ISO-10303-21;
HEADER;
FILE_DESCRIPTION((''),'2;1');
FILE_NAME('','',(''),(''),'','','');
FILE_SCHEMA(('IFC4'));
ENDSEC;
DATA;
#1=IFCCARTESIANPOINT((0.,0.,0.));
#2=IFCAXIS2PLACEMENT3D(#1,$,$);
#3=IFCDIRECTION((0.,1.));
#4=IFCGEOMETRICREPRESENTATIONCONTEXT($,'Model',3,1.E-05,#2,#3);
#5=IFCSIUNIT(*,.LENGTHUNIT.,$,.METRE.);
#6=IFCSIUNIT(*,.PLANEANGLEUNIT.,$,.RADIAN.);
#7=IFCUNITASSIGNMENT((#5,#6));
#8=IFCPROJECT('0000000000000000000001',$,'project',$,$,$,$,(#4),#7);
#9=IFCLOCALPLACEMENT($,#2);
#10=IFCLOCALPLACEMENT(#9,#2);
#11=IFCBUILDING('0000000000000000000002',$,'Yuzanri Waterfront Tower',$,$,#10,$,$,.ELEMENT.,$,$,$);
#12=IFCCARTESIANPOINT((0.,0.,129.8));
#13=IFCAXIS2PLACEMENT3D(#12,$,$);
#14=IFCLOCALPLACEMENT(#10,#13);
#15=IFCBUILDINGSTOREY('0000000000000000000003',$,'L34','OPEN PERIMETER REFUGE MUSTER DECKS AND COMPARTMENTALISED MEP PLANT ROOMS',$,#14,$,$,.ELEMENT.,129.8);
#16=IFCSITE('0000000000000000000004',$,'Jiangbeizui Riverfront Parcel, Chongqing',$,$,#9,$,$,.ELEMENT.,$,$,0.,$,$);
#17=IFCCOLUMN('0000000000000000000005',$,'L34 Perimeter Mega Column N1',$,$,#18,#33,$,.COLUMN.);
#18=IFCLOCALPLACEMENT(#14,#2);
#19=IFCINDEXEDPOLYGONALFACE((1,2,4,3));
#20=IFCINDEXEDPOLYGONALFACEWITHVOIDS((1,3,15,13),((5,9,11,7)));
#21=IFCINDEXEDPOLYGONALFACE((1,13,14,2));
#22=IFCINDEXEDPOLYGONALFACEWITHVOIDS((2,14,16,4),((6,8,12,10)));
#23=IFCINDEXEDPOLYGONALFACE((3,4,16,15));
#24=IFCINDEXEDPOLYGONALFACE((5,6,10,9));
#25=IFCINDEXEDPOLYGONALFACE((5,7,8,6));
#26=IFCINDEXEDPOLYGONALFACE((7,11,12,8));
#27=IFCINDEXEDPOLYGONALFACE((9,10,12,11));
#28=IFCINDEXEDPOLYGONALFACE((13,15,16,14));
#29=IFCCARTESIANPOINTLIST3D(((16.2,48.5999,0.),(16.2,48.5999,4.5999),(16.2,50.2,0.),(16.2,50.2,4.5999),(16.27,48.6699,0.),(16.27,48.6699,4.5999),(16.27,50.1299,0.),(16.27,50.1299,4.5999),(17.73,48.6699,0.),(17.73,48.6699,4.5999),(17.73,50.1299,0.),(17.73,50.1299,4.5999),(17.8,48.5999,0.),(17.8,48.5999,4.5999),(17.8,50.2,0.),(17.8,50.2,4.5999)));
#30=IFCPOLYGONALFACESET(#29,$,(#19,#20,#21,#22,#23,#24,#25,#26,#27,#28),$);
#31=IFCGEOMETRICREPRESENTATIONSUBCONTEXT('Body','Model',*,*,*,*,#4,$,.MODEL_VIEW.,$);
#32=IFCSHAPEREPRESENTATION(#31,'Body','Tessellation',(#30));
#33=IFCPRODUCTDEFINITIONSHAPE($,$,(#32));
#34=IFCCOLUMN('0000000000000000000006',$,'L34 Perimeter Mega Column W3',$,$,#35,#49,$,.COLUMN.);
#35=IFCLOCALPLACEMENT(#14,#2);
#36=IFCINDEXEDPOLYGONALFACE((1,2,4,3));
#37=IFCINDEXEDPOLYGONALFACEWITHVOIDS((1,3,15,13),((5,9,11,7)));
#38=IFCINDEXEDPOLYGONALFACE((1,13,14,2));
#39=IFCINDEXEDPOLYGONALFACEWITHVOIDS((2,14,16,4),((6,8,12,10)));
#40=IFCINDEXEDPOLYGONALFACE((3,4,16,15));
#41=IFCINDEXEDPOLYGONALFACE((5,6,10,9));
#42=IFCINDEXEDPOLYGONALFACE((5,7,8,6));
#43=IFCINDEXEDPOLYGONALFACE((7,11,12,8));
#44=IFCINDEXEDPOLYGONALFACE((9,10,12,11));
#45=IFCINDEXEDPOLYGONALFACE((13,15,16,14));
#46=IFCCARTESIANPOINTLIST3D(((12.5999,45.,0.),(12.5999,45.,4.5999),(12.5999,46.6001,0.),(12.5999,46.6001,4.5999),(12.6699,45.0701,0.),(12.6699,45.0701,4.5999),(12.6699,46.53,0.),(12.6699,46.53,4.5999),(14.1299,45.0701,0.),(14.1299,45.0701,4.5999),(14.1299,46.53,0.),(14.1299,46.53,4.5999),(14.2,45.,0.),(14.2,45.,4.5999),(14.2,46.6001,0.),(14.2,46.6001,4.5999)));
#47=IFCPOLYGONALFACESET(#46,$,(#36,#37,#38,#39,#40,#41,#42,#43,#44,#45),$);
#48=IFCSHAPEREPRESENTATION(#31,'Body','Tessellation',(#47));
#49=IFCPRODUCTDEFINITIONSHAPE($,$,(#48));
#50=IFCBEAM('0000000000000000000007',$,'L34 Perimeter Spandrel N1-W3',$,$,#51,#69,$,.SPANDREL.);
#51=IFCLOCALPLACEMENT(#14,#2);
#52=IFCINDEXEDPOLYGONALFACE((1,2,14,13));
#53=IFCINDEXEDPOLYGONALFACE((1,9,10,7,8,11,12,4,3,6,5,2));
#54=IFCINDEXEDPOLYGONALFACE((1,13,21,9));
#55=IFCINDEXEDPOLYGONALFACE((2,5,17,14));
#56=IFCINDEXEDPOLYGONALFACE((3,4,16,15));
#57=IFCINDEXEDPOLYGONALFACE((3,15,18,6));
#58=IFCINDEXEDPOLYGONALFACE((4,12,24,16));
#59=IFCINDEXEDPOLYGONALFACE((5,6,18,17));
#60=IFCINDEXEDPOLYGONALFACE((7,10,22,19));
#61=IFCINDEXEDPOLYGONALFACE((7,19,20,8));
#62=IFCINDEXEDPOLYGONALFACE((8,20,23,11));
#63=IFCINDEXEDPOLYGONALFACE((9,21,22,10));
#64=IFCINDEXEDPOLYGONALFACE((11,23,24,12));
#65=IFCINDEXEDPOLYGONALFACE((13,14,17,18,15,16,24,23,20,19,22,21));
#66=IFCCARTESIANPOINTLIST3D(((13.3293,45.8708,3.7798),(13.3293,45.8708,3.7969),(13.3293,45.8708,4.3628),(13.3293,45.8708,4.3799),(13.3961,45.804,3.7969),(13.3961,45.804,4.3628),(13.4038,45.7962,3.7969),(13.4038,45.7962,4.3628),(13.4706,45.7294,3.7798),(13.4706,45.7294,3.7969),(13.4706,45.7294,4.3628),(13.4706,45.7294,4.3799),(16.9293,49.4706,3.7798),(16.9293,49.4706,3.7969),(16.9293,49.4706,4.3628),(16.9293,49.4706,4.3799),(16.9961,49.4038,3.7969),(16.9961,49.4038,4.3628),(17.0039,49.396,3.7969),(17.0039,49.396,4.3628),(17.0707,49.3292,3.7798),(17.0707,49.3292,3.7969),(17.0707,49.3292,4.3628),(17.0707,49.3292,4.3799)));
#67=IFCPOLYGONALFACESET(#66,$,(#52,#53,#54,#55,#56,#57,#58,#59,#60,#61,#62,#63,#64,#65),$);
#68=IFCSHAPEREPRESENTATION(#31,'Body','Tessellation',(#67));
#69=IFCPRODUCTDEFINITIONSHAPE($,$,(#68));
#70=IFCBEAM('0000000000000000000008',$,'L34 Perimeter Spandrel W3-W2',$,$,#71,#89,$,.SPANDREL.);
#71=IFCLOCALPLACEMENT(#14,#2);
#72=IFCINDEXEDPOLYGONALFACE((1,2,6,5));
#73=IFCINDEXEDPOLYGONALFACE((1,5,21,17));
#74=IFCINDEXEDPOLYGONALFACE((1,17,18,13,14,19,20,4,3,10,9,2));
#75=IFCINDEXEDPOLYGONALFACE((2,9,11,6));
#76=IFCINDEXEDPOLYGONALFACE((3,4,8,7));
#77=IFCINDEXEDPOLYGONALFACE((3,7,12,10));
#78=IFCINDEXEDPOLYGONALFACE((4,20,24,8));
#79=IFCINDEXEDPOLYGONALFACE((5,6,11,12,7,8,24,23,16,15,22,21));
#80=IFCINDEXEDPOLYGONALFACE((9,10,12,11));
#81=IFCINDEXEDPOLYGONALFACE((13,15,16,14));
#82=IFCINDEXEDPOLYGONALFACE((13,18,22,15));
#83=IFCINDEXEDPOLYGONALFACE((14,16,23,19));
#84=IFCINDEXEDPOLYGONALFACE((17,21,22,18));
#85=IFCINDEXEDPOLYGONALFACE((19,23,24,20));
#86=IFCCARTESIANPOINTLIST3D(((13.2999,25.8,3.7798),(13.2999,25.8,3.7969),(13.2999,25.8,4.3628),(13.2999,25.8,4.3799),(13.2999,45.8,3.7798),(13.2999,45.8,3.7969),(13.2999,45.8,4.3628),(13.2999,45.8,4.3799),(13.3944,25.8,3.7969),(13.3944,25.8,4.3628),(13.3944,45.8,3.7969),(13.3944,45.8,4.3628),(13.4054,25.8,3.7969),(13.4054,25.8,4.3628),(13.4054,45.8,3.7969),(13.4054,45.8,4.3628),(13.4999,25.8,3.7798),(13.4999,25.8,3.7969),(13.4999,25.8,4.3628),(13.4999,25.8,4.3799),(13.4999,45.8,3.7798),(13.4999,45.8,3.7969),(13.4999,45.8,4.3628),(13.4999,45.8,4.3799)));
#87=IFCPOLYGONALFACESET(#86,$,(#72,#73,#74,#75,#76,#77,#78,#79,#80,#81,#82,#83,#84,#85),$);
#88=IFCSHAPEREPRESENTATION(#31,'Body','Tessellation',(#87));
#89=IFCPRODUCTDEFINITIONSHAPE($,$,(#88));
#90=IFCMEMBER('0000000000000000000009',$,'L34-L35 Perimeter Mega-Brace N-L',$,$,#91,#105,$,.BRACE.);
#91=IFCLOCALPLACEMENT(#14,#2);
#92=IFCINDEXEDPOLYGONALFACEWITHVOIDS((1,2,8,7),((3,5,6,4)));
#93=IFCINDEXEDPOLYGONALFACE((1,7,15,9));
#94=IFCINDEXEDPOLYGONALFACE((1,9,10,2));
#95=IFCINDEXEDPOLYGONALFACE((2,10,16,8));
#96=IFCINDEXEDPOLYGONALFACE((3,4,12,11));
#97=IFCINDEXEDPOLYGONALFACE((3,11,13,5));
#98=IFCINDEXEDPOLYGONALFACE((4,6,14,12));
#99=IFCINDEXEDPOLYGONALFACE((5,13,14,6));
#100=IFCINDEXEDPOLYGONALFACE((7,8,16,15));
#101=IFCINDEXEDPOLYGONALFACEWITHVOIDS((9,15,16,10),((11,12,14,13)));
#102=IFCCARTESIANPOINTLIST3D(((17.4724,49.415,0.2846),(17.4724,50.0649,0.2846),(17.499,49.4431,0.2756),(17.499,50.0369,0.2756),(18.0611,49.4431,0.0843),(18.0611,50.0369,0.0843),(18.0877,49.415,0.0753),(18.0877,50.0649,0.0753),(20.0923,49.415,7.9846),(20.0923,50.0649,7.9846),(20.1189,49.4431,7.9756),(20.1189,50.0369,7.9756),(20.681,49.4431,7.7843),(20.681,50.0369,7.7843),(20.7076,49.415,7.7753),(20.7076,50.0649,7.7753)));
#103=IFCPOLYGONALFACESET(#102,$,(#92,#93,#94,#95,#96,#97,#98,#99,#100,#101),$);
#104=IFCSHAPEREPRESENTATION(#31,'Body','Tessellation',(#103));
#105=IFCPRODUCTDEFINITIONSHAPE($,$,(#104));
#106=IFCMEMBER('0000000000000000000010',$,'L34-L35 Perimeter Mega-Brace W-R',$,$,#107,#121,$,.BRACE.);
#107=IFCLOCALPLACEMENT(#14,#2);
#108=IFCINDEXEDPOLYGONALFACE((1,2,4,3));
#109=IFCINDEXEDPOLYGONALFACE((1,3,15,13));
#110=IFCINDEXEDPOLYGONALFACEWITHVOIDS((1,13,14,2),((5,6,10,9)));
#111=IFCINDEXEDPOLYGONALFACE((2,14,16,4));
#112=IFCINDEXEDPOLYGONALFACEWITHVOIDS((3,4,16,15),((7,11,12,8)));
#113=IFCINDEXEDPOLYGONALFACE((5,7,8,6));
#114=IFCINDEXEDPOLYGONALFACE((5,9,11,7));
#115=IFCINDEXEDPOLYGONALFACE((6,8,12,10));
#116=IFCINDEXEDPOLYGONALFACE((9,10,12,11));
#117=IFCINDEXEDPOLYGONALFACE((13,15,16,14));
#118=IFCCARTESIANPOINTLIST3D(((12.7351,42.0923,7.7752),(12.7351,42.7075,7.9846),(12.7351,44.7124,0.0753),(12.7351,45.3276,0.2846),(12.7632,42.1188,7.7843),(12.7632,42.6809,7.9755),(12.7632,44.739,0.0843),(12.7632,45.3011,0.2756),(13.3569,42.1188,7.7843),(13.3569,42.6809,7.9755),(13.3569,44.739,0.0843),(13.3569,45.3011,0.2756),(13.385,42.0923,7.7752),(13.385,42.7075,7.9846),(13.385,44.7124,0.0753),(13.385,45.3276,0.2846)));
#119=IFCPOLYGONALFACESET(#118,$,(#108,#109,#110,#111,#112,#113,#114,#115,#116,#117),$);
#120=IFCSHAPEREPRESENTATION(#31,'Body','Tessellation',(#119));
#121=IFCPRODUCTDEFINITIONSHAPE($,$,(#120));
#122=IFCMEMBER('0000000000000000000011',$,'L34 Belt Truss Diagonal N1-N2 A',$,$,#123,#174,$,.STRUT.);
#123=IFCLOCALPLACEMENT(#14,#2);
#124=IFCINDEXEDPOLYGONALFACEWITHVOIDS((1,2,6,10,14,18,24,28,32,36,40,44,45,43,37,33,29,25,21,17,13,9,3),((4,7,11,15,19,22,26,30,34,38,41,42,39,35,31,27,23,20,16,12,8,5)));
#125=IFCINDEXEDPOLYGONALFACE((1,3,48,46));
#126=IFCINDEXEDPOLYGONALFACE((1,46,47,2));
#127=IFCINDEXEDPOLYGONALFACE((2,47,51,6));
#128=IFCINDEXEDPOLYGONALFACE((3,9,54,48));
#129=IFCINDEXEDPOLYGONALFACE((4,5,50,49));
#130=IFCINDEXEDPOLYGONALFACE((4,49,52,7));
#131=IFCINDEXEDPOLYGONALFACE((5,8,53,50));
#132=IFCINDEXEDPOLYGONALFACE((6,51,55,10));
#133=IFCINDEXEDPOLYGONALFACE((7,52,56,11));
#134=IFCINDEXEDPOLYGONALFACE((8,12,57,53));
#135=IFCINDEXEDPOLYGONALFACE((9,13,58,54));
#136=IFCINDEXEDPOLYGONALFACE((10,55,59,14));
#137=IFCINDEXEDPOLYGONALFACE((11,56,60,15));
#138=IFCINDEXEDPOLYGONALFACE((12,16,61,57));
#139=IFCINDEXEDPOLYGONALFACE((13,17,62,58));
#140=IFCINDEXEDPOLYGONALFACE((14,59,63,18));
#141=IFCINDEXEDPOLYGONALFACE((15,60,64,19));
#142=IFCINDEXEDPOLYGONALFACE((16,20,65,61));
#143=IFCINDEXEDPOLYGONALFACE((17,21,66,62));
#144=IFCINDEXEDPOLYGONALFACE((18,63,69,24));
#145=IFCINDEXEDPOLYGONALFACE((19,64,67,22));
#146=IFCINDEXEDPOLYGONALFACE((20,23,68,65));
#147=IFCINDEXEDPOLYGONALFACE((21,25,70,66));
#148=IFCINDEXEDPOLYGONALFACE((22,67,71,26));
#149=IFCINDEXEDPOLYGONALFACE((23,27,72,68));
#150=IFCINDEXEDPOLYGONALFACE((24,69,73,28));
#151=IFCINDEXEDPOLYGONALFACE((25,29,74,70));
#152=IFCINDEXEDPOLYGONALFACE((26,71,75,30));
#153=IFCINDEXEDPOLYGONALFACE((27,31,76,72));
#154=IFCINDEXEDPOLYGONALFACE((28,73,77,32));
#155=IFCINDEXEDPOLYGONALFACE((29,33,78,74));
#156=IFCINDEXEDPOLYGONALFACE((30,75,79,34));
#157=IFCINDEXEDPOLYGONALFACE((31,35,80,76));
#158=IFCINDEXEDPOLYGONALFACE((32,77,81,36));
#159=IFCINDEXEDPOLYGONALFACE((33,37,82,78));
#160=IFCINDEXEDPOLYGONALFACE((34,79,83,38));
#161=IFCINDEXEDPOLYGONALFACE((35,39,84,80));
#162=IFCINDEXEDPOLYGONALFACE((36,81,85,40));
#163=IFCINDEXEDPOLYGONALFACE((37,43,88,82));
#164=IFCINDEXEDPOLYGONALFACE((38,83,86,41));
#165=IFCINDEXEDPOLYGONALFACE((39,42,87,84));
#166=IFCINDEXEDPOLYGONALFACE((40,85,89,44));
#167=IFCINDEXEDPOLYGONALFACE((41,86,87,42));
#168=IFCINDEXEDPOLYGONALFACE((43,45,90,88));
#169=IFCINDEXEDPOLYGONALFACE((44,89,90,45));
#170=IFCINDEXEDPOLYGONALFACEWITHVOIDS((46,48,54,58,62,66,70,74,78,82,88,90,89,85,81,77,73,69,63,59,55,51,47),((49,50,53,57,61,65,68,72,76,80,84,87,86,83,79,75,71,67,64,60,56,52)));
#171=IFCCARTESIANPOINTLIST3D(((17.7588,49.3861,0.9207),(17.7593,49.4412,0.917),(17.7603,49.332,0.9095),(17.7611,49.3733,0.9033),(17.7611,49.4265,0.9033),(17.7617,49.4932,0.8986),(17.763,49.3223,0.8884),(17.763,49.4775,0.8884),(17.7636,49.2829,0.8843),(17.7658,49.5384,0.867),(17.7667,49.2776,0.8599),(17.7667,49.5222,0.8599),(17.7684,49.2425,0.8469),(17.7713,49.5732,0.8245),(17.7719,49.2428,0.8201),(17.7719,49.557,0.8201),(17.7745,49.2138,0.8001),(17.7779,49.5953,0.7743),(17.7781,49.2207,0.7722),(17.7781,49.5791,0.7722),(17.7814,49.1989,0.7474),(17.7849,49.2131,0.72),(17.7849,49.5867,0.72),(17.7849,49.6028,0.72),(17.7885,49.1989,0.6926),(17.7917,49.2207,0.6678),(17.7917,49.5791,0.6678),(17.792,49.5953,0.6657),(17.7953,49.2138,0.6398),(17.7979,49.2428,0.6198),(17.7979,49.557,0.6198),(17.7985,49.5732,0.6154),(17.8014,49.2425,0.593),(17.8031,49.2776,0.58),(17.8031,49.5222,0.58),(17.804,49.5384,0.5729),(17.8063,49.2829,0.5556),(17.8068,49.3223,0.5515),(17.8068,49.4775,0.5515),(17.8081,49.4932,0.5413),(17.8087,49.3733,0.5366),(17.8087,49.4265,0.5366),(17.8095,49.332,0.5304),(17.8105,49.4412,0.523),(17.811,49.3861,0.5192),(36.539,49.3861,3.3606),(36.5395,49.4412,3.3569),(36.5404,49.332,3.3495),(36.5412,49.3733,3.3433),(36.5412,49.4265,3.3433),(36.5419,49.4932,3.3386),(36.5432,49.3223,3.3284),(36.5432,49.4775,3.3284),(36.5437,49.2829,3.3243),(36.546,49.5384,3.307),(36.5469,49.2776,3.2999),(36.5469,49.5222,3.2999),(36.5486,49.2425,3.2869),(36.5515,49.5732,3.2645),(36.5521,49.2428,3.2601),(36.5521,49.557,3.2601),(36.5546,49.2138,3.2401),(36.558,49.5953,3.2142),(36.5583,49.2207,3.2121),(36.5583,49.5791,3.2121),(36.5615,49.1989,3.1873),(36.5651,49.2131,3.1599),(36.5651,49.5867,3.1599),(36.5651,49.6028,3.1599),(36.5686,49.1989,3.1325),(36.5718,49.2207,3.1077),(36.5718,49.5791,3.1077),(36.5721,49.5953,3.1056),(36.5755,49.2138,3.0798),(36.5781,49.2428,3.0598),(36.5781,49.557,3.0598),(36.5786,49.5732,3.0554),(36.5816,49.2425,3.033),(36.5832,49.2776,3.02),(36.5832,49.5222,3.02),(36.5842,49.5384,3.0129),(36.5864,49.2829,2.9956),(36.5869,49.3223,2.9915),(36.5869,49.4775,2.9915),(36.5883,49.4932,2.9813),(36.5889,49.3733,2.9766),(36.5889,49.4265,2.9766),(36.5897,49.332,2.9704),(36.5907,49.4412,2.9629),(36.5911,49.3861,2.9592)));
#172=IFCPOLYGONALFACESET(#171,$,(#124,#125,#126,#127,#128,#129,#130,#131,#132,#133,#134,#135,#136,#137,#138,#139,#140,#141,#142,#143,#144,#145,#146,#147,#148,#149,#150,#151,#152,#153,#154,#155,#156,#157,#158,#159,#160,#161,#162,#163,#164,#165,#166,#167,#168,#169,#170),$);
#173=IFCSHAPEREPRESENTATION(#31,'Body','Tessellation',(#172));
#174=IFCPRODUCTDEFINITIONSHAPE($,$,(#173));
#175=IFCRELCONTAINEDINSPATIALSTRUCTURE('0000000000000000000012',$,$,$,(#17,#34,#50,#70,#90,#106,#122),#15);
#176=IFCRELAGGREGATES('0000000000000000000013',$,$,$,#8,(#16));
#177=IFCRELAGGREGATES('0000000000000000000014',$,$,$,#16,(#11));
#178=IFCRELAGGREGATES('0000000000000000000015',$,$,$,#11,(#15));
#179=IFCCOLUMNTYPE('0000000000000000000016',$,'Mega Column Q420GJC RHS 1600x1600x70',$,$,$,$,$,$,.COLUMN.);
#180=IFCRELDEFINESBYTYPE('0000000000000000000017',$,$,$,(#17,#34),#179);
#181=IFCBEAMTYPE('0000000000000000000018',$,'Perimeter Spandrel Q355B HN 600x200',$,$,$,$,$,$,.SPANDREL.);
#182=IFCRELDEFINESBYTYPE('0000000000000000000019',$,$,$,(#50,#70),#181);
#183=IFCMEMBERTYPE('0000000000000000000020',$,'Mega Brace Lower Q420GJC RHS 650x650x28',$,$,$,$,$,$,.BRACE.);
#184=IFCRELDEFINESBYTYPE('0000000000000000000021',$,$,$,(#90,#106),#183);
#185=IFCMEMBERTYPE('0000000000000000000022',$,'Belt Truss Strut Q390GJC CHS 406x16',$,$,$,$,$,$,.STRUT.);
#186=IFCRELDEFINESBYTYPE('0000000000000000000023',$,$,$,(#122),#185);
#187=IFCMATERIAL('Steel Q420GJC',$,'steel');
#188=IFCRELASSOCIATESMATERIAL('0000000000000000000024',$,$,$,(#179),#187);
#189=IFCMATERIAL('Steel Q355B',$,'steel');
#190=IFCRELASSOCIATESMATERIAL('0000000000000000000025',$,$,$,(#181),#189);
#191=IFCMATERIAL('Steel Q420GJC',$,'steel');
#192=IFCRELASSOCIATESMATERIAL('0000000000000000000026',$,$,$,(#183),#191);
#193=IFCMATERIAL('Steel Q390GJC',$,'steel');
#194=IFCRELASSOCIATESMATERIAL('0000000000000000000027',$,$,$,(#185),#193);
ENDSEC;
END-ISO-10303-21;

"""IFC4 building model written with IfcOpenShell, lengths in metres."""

from ifc_helpers import new_model, si_unit, direction, frame, origin, origin_2d, place, context, subcontext, project, spatial, hollow_rectangle, hollow_circle, i_section, extrude, source, transform, mapped, material, material_profile, profile_set, type_object, element, save


model = new_model("IFC4")

# Units and contexts
model_context = context("Model", 3, precision=1e-05, world=origin(), true_north=direction((0.0, 1.0)))
body_context = subcontext(model_context, "Body", "Model", "MODEL_VIEW")
ifc_project = project(units=[si_unit("LENGTHUNIT", "METRE"), si_unit("PLANEANGLEUNIT", "RADIAN")], contexts=[model_context])

# Site, building, storey
site_placement = place(None, origin())
site = spatial("IfcSite", under=ifc_project, at=site_placement, Name="Jiangbeizui Riverfront Parcel, Chongqing", CompositionType="ELEMENT", RefElevation=0.0)
building_placement = place(site_placement, origin())
building = spatial("IfcBuilding", under=site, at=building_placement, Name="Yuzanri Waterfront Tower", CompositionType="ELEMENT")
storey_placement = place(building_placement, frame((0.0, 0.0, 129.8)))
storey = spatial("IfcBuildingStorey", under=building, at=storey_placement, Name="L34", Description="OPEN PERIMETER REFUGE MUSTER DECKS AND COMPARTMENTALISED MEP PLANT ROOMS", CompositionType="ELEMENT", Elevation=129.8)

# Columns
ifc_material_1 = material(Name="Steel Q420GJC", Category="steel")
ifc_material_profile_1 = material_profile(ifc_material_1, hollow_rectangle(XDim=1.6001, YDim=1.6001, WallThickness=0.0701, at=origin_2d()), Name="RHS 1600x1600x70")
ifc_profile_set_1 = profile_set([ifc_material_profile_1], Name="Steel Q420GJC")
column_type = type_object("IfcColumnType", Name="Mega Column Q420GJC RHS 1600x1600x70", PredefinedType="COLUMN", material=ifc_profile_set_1)
shared_shape_1 = source(origin(), body_context, "Body", "SweptSolid", [
    extrude(hollow_rectangle(XDim=1.6001, YDim=1.6001, WallThickness=0.0701, at=origin_2d()), origin(), (0.0, 0.0, 1.0), 4.5999),
])
for number, where, z_axis, x_axis, name in (
    (1, (17.0, 49.3999, 0.0), (0.0, 0.0, 1.0), (1.0, 0.0, 0.0), "L34 Perimeter Mega Column N1"),
    (2, (13.3999, 45.8, 0.0), (0.0, 0.0, 1.0), (1.0, 0.0, 0.0), "L34 Perimeter Mega Column W3"),
):
    element("IfcColumn", number, at=place(storey_placement, frame(where, z_axis=z_axis, x_axis=x_axis)), inside=storey, type_object=column_type, Name=name, PredefinedType="COLUMN", context=body_context, shape_type="MappedRepresentation", body=[
        mapped(shared_shape_1, transform((0.0, 0.0, 0.0), scale=1.0)),
    ])

# Beams
ifc_material_2 = material(Name="Steel Q355B", Category="steel")
ifc_material_profile_2 = material_profile(ifc_material_2, i_section(OverallWidth=0.2, OverallDepth=0.6001, WebThickness=0.011, FlangeThickness=0.0171, at=origin_2d()), Name="HN 600x200x11x17")
ifc_profile_set_2 = profile_set([ifc_material_profile_2], Name="Steel Q355B")
beam_type = type_object("IfcBeamType", Name="Perimeter Spandrel Q355B HN 600x200", PredefinedType="SPANDREL", material=ifc_profile_set_2)
shared_shape_2 = source(origin(), body_context, "Body", "SweptSolid", [
    extrude(i_section(OverallWidth=0.2, OverallDepth=0.6001, WebThickness=0.011, FlangeThickness=0.0171, at=origin_2d()), origin(), (0.0, 0.0, 1.0), 5.0911),
])
beam_1_placement = place(storey_placement, frame((17.0, 49.3999, 4.0798), z_axis=(-0.707131, -0.707083, 0.0), x_axis=(0.707083, -0.707131, 0.0)))
element("IfcBeam", 3, at=beam_1_placement, inside=storey, type_object=beam_type, Name="L34 Perimeter Spandrel N1-W3", PredefinedType="SPANDREL", context=body_context, shape_type="MappedRepresentation", body=[
    mapped(shared_shape_2, transform((0.0, 0.0, 0.0), scale=1.0)),
])
shared_shape_3 = source(origin(), body_context, "Body", "SweptSolid", [
    extrude(i_section(OverallWidth=0.2, OverallDepth=0.6001, WebThickness=0.011, FlangeThickness=0.0171, at=origin_2d()), origin(), (0.0, 0.0, 1.0), 20.0),
])
beam_2_placement = place(storey_placement, frame((13.3999, 45.8, 4.0798), z_axis=(0.0, -1.0, 0.0), x_axis=(1.0, 0.0, 0.0)))
element("IfcBeam", 4, at=beam_2_placement, inside=storey, type_object=beam_type, Name="L34 Perimeter Spandrel W3-W2", PredefinedType="SPANDREL", context=body_context, shape_type="MappedRepresentation", body=[
    mapped(shared_shape_3, transform((0.0, 0.0, 0.0), scale=1.0)),
])

# Members
ifc_material_3 = material(Name="Steel Q420GJC", Category="steel")
ifc_material_profile_3 = material_profile(ifc_material_3, hollow_rectangle(XDim=0.6499, YDim=0.6499, WallThickness=0.0281, at=origin_2d()), Name="RHS 650x650x28")
ifc_profile_set_3 = profile_set([ifc_material_profile_3], Name="Steel Q420GJC")
member_type_1 = type_object("IfcMemberType", Name="Mega Brace Lower Q420GJC RHS 650x650x28", PredefinedType="BRACE", material=ifc_profile_set_3)
shared_shape_4 = source(origin(), body_context, "Body", "SweptSolid", [
    extrude(hollow_rectangle(XDim=0.6499, YDim=0.6499, WallThickness=0.0281, at=origin_2d()), origin(), (0.0, 0.0, 1.0), 8.1335),
])
for number, where, z_axis, x_axis, name in (
    (5, (17.78, 49.74, 0.1799), (0.322111, 0.0, 0.946702), (0.0, 1.0, 0.0), "L34-L35 Perimeter Mega-Brace N-L"),
    (6, (13.0601, 45.02, 0.1799), (0.0, -0.322138, 0.946693), (1.0, 0.0, 0.0), "L34-L35 Perimeter Mega-Brace W-R"),
):
    element("IfcMember", number, at=place(storey_placement, frame(where, z_axis=z_axis, x_axis=x_axis)), inside=storey, type_object=member_type_1, Name=name, PredefinedType="BRACE", context=body_context, shape_type="MappedRepresentation", body=[
        mapped(shared_shape_4, transform((0.0, 0.0, 0.0), scale=1.0)),
    ])
ifc_material_4 = material(Name="Steel Q390GJC", Category="steel")
ifc_material_profile_4 = material_profile(ifc_material_4, hollow_circle(Radius=0.2029, WallThickness=0.0161, at=origin_2d()), Name="CHS 406x16")
ifc_profile_set_4 = profile_set([ifc_material_profile_4], Name="Steel Q390GJC")
member_type_2 = type_object("IfcMemberType", Name="Belt Truss Strut Q390GJC CHS 406x16", PredefinedType="STRUT", material=ifc_profile_set_4)
shared_shape_5 = source(origin(), body_context, "Body", "SweptSolid", [
    extrude(hollow_circle(Radius=0.2029, WallThickness=0.0161, at=origin_2d()), origin(), (0.0, 0.0, 1.0), 18.938),
])
for number, where, z_axis, x_axis, name in (
    (7, (17.7849, 49.3999, 0.72), (0.991665, 0.0, 0.128839), (0.0, 1.0, 0.0), "L34 Belt Truss Diagonal N1-N2 A"),
):
    element("IfcMember", number, at=place(storey_placement, frame(where, z_axis=z_axis, x_axis=x_axis)), inside=storey, type_object=member_type_2, Name=name, PredefinedType="STRUT", context=body_context, shape_type="MappedRepresentation", body=[
        mapped(shared_shape_5, transform((0.0, 0.0, 0.0), scale=1.0)),
    ])

save(model, "model.ifc")
